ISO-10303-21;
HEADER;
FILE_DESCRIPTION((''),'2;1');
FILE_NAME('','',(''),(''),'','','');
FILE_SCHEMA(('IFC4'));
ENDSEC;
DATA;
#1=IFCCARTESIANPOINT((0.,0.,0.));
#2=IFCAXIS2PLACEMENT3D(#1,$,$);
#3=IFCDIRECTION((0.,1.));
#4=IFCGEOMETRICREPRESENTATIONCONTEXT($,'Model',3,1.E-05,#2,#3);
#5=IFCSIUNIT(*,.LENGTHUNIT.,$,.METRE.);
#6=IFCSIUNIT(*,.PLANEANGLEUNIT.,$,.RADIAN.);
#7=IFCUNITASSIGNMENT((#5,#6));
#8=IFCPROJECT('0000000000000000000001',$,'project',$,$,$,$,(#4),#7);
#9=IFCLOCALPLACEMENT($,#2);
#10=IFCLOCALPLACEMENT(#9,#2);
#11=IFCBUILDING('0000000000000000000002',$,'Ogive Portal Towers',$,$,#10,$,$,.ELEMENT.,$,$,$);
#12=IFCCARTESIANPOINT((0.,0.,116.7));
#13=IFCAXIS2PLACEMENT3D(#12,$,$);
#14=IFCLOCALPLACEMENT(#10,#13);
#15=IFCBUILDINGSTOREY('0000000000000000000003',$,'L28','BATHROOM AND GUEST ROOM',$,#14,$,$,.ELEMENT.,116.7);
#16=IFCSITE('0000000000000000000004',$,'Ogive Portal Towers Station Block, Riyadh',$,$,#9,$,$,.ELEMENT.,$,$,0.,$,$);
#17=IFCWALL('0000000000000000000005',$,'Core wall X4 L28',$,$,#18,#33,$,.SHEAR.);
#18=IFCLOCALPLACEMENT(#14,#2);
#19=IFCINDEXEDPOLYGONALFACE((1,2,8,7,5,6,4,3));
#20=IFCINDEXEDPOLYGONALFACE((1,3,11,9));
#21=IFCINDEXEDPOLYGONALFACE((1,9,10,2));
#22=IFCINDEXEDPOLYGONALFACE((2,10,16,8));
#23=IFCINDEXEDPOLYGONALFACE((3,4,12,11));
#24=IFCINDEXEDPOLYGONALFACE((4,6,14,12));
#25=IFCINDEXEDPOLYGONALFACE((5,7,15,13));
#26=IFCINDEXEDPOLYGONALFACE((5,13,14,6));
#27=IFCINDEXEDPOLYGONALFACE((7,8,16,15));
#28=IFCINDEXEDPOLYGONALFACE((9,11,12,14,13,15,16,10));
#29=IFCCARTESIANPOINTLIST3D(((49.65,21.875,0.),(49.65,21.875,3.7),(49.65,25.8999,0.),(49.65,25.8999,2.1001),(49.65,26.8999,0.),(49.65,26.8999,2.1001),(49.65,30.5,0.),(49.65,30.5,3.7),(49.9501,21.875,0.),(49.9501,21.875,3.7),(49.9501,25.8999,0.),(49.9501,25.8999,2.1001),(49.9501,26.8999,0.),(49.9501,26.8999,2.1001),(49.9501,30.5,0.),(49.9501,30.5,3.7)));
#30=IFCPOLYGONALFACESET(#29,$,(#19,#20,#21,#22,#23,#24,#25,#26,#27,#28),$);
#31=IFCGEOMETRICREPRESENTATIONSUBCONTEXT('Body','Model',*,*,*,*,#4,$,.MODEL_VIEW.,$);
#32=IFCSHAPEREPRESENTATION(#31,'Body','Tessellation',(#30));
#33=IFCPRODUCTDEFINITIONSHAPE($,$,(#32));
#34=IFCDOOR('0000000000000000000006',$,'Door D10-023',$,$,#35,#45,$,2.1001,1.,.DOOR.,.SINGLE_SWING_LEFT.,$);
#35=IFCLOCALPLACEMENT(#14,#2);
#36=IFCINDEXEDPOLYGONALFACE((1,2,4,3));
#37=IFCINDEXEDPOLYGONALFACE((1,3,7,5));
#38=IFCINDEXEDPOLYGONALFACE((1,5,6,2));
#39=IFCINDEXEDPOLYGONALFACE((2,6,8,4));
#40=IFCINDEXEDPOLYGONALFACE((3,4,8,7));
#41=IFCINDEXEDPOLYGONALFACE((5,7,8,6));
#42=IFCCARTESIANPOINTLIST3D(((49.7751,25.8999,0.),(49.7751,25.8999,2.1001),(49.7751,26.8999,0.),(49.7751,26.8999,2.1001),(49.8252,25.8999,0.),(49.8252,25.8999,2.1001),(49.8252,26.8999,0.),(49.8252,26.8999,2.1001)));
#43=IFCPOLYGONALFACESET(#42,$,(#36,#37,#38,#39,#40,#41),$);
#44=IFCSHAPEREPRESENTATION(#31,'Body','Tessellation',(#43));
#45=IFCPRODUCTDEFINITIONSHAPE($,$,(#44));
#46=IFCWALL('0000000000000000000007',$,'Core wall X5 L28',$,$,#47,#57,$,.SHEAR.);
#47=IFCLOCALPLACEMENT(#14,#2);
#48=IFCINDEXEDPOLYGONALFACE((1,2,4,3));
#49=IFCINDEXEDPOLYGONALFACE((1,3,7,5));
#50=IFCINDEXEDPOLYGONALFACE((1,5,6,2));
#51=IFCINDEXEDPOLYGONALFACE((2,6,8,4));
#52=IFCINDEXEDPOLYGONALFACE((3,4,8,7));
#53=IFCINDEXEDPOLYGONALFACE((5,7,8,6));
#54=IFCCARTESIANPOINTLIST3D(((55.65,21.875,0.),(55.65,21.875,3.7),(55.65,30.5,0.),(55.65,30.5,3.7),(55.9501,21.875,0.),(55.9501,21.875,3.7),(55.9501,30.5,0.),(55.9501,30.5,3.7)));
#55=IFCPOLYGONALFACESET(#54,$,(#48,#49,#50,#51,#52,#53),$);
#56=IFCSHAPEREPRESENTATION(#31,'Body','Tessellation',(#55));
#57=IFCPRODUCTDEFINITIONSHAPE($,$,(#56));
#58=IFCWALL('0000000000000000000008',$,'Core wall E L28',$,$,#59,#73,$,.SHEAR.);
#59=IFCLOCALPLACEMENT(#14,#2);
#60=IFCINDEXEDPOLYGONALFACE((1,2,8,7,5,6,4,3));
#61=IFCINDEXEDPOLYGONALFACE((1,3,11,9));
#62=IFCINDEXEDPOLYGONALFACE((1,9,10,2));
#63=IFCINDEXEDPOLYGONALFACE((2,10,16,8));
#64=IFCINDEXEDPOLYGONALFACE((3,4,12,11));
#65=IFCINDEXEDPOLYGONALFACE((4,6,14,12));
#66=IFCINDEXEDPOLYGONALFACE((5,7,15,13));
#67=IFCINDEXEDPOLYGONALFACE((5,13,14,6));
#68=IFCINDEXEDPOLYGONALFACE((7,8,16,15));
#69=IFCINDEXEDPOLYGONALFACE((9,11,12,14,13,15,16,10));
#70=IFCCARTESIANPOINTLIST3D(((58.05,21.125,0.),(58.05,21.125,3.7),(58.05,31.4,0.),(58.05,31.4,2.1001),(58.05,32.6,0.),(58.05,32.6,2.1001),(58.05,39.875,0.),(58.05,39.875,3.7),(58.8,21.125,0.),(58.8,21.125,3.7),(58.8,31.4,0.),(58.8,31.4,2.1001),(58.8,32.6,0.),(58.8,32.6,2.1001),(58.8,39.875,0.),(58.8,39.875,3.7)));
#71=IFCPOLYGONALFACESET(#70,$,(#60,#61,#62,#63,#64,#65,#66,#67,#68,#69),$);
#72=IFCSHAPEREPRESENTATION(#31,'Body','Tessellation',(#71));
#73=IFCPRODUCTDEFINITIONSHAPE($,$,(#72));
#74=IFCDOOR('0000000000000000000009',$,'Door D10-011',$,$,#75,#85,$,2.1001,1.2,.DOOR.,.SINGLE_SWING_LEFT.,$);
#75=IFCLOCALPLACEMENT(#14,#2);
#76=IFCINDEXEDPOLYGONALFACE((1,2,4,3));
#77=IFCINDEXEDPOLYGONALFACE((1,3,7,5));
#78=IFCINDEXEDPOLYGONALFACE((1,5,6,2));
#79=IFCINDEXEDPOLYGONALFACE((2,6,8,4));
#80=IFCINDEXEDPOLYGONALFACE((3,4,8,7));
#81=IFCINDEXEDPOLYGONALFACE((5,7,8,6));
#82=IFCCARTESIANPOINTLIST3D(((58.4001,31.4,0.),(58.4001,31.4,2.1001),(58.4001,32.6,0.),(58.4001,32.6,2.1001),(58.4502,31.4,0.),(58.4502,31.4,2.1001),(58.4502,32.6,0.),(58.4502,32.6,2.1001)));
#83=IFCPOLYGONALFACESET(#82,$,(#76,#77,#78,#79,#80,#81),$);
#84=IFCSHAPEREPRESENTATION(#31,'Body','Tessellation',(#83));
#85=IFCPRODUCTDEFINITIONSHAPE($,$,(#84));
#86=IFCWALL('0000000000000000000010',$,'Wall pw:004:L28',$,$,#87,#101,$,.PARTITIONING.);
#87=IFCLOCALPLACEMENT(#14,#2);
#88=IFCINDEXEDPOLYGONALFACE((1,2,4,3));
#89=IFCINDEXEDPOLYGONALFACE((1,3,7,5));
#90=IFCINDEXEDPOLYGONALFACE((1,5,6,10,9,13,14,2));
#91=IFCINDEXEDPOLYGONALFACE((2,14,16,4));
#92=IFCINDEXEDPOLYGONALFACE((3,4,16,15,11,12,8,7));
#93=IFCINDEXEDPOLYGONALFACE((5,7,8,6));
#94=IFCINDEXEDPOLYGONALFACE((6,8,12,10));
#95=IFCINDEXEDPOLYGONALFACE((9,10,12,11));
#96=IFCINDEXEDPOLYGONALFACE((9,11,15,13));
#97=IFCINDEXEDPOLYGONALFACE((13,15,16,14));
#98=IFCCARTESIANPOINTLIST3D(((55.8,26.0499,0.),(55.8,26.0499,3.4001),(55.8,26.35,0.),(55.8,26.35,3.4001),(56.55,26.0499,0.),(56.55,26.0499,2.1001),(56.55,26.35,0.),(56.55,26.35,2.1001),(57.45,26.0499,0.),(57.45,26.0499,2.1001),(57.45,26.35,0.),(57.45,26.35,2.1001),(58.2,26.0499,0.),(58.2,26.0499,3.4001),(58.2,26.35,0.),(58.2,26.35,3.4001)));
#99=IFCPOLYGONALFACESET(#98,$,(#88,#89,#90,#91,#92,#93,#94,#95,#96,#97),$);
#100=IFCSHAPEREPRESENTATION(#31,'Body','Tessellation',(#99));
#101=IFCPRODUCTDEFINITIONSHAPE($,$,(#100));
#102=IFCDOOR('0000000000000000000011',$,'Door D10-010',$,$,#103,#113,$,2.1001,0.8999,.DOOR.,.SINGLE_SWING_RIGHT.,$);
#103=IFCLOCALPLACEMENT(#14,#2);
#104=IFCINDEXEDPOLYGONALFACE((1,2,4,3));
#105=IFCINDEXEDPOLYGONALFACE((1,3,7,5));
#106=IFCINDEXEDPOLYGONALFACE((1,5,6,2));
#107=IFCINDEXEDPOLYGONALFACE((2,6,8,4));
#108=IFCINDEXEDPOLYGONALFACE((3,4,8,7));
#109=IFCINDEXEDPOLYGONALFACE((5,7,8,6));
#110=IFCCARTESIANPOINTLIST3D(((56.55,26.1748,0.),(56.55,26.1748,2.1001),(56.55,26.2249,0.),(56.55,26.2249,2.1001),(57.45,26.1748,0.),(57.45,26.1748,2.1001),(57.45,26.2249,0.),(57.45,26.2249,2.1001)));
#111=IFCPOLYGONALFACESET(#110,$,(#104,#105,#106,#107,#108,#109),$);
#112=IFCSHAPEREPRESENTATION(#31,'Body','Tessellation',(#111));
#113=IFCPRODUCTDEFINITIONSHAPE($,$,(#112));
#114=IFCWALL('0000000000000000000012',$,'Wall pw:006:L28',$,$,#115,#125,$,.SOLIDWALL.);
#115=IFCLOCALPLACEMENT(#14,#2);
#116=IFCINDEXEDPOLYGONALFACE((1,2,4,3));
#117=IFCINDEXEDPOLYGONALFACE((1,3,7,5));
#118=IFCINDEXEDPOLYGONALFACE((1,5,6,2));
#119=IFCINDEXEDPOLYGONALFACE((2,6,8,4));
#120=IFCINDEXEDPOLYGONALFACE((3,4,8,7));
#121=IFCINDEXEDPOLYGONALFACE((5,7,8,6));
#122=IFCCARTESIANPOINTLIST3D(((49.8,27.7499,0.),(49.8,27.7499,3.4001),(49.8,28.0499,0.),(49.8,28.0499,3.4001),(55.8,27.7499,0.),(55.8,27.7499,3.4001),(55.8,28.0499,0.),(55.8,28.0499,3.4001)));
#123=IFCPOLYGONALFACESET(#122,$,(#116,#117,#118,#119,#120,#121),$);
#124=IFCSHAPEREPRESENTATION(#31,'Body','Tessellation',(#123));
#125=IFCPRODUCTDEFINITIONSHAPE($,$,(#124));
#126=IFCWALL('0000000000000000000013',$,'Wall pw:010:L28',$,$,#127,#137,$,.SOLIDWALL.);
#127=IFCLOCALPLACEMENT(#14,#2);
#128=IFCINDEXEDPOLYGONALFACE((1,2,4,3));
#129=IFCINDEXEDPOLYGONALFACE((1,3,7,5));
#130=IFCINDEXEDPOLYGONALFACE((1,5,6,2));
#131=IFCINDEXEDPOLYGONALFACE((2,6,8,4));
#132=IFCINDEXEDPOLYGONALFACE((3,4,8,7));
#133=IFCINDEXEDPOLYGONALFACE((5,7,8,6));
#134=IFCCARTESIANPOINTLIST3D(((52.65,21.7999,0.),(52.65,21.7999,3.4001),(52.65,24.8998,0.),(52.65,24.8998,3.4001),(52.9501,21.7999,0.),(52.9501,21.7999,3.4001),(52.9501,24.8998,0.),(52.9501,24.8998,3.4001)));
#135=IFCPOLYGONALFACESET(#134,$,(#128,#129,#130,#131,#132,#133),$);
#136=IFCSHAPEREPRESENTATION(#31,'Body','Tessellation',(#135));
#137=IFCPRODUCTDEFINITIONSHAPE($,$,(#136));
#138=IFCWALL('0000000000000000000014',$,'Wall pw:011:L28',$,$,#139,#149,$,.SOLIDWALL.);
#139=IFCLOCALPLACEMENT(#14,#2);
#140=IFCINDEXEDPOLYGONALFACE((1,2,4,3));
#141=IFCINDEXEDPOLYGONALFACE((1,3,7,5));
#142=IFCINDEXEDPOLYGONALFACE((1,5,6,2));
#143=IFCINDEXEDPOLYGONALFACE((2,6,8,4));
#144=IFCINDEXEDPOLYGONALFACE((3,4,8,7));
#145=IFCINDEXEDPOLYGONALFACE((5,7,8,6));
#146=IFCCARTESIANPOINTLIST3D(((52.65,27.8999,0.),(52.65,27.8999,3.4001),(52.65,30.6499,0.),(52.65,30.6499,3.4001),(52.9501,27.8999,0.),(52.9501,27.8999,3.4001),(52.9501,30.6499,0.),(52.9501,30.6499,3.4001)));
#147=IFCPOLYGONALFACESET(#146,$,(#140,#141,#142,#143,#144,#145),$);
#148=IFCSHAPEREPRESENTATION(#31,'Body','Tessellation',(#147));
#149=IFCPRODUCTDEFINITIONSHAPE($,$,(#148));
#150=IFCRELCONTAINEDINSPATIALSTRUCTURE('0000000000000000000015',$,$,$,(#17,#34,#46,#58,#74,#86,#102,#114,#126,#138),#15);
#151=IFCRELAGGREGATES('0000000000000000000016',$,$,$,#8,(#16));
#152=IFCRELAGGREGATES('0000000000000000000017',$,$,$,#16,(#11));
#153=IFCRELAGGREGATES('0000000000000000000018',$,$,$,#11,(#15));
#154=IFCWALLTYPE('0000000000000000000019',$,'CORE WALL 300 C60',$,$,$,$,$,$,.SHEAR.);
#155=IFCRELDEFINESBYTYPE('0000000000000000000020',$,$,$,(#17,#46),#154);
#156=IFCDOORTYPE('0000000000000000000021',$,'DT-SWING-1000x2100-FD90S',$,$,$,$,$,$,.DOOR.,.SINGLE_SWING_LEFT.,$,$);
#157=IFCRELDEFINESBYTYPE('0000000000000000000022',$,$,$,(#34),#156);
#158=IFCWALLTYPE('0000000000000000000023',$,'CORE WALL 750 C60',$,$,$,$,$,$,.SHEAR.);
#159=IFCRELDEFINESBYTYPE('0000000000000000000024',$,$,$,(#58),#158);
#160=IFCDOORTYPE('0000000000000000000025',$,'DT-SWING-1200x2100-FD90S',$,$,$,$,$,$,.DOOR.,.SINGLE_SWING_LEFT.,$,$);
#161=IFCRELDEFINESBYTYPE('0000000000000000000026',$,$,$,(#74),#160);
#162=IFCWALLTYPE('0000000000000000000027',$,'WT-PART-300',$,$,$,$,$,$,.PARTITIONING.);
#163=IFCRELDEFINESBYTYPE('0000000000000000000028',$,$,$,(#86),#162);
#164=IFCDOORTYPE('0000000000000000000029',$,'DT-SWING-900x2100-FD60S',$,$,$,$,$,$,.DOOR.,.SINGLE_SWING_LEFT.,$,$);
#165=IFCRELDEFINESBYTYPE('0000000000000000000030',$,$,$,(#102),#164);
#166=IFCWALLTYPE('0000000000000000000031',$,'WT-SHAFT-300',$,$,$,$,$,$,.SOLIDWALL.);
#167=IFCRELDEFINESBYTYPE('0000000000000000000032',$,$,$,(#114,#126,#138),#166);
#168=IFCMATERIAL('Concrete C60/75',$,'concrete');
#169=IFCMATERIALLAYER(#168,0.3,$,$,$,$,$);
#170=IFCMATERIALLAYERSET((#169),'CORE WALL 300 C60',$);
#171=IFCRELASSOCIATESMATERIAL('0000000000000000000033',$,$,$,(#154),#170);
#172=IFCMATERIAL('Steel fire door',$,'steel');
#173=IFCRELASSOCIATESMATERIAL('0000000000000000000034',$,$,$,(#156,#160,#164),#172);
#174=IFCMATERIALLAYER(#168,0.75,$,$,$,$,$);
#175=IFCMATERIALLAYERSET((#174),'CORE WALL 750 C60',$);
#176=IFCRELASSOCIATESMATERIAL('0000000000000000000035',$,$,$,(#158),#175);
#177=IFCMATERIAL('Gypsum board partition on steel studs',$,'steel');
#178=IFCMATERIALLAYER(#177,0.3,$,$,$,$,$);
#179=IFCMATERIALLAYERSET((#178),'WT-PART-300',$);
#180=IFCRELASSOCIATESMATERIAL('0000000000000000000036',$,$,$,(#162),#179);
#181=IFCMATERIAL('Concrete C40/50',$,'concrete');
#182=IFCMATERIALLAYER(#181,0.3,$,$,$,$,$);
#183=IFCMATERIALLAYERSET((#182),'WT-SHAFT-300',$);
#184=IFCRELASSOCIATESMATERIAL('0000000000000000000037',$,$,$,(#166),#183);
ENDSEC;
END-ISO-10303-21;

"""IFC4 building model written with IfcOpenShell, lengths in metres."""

from ifc_helpers import new_model, si_unit, direction, frame, frame_2d, origin, place, context, subcontext, project, spatial, rectangle, extrude, material, layer, layer_set, type_object, element, fill, save


model = new_model("IFC4")

# Units and contexts
model_context = context("Model", 3, precision=1e-05, world=origin(), true_north=direction((0.0, 1.0)))
body_context = subcontext(model_context, "Body", "Model", "MODEL_VIEW")
ifc_project = project(units=[si_unit("LENGTHUNIT", "METRE"), si_unit("PLANEANGLEUNIT", "RADIAN")], contexts=[model_context])

# Site, building, storey
site_placement = place(None, origin())
site = spatial("IfcSite", under=ifc_project, at=site_placement, Name="Ogive Portal Towers Station Block, Riyadh", CompositionType="ELEMENT", RefElevation=0.0)
building_placement = place(site_placement, origin())
building = spatial("IfcBuilding", under=site, at=building_placement, Name="Ogive Portal Towers", CompositionType="ELEMENT")
storey_placement = place(building_placement, frame((0.0, 0.0, 116.7)))
storey = spatial("IfcBuildingStorey", under=building, at=storey_placement, Name="L28", Description="BATHROOM AND GUEST ROOM", CompositionType="ELEMENT", Elevation=116.7)

# Wall, opening, door
ifc_material_1 = material(Name="Concrete C60/75", Category="concrete")
ifc_layer_1 = layer(ifc_material_1, 0.3)
ifc_layer_set_1 = layer_set([ifc_layer_1], Name="CORE WALL 300 C60")
wall_type_1 = type_object("IfcWallType", Name="CORE WALL 300 C60", PredefinedType="SHEAR", material=ifc_layer_set_1)
wall_1_placement = place(storey_placement, frame((49.8, 21.875, 0.0), z_axis=(0.0, 0.0, 1.0), x_axis=(0.0, 1.0, 0.0)))
wall_1 = element("IfcWall", 1, at=wall_1_placement, inside=storey, type_object=wall_type_1, Name="Core wall X4 L28", PredefinedType="SHEAR", context=body_context, shape_type="SweptSolid", body=[
    extrude(rectangle(XDim=8.625, YDim=0.3, at=frame_2d((4.3125, 0.0))), origin(), (0.0, 0.0, 1.0), 3.7),
])
opening_1_placement = place(wall_1_placement, frame((4.0249, 0.0, 0.0)))
opening_1 = element("IfcOpeningElement", 2, at=opening_1_placement, cuts=wall_1, PredefinedType="OPENING", context=body_context, shape_type="SweptSolid", body=[
    extrude(rectangle(XDim=1.0, YDim=2.1001, at=frame_2d((0.5, 1.05))), frame((0.0, 0.1602, 0.0), z_axis=(0.0, -1.0, 0.0), x_axis=(1.0, 0.0, 0.0)), (0.0, 0.0, 1.0), 0.3201),
])
ifc_material_2 = material(Name="Steel fire door", Category="steel")
door_type_1 = type_object("IfcDoorType", Name="DT-SWING-1000x2100-FD90S", OperationType="SINGLE_SWING_LEFT", PredefinedType="DOOR", material=ifc_material_2)
door_1_placement = place(opening_1_placement, origin())
door_1 = element("IfcDoor", 3, at=door_1_placement, inside=storey, type_object=door_type_1, Name="Door D10-023", OperationType="SINGLE_SWING_LEFT", OverallHeight=2.1001, OverallWidth=1.0, PredefinedType="DOOR", context=body_context, shape_type="SweptSolid", body=[
    extrude(rectangle(XDim=1.0, YDim=2.1001, at=frame_2d((0.5, 1.05))), frame((0.0, 0.0249, 0.0), z_axis=(0.0, -1.0, 0.0), x_axis=(1.0, 0.0, 0.0)), (0.0, 0.0, 1.0), 0.05),
])
fill(opening_1, door_1)

# Wall
wall_2_placement = place(storey_placement, frame((55.8, 21.875, 0.0), z_axis=(0.0, 0.0, 1.0), x_axis=(0.0, 1.0, 0.0)))
element("IfcWall", 4, at=wall_2_placement, inside=storey, type_object=wall_type_1, Name="Core wall X5 L28", PredefinedType="SHEAR", context=body_context, shape_type="SweptSolid", body=[
    extrude(rectangle(XDim=8.625, YDim=0.3, at=frame_2d((4.3125, 0.0))), origin(), (0.0, 0.0, 1.0), 3.7),
])

# Walls, openings, doors
ifc_layer_2 = layer(ifc_material_1, 0.75)
ifc_layer_set_2 = layer_set([ifc_layer_2], Name="CORE WALL 750 C60")
wall_type_2 = type_object("IfcWallType", Name="CORE WALL 750 C60", PredefinedType="SHEAR", material=ifc_layer_set_2)
wall_3_placement = place(storey_placement, frame((58.425, 21.125, 0.0), z_axis=(0.0, 0.0, 1.0), x_axis=(0.0, 1.0, 0.0)))
wall_3 = element("IfcWall", 5, at=wall_3_placement, inside=storey, type_object=wall_type_2, Name="Core wall E L28", PredefinedType="SHEAR", context=body_context, shape_type="SweptSolid", body=[
    extrude(rectangle(XDim=18.75, YDim=0.75, at=frame_2d((9.375, 0.0))), origin(), (0.0, 0.0, 1.0), 3.7),
])
opening_2_placement = place(wall_3_placement, frame((10.2749, 0.0, 0.0)))
opening_2 = element("IfcOpeningElement", 6, at=opening_2_placement, cuts=wall_3, PredefinedType="OPENING", context=body_context, shape_type="SweptSolid", body=[
    extrude(rectangle(XDim=1.2, YDim=2.1001, at=frame_2d((0.6001, 1.05))), frame((0.0, 0.385, 0.0), z_axis=(0.0, -1.0, 0.0), x_axis=(1.0, 0.0, 0.0)), (0.0, 0.0, 1.0), 0.77),
])
door_type_2 = type_object("IfcDoorType", Name="DT-SWING-1200x2100-FD90S", OperationType="SINGLE_SWING_LEFT", PredefinedType="DOOR", material=ifc_material_2)
door_2_placement = place(opening_2_placement, origin())
door_2 = element("IfcDoor", 7, at=door_2_placement, inside=storey, type_object=door_type_2, Name="Door D10-011", OperationType="SINGLE_SWING_LEFT", OverallHeight=2.1001, OverallWidth=1.2, PredefinedType="DOOR", context=body_context, shape_type="SweptSolid", body=[
    extrude(rectangle(XDim=1.2, YDim=2.1001, at=frame_2d((0.6001, 1.05))), frame((0.0, 0.0249, 0.0), z_axis=(0.0, -1.0, 0.0), x_axis=(1.0, 0.0, 0.0)), (0.0, 0.0, 1.0), 0.05),
])
fill(opening_2, door_2)
ifc_material_3 = material(Name="Gypsum board partition on steel studs", Category="steel")
ifc_layer_3 = layer(ifc_material_3, 0.3)
ifc_layer_set_3 = layer_set([ifc_layer_3], Name="WT-PART-300")
wall_type_3 = type_object("IfcWallType", Name="WT-PART-300", PredefinedType="PARTITIONING", material=ifc_layer_set_3)
wall_4_placement = place(storey_placement, frame((55.8, 26.2, 0.0), z_axis=(0.0, 0.0, 1.0), x_axis=(1.0, 0.0, 0.0)))
wall_4 = element("IfcWall", 8, at=wall_4_placement, inside=storey, type_object=wall_type_3, Name="Wall pw:004:L28", PredefinedType="PARTITIONING", context=body_context, shape_type="SweptSolid", body=[
    extrude(rectangle(XDim=2.3999, YDim=0.3, at=frame_2d((1.2, 0.0))), origin(), (0.0, 0.0, 1.0), 3.4001),
])
opening_3_placement = place(wall_4_placement, frame((0.75, 0.0, 0.0)))
opening_3 = element("IfcOpeningElement", 9, at=opening_3_placement, cuts=wall_4, PredefinedType="OPENING", context=body_context, shape_type="SweptSolid", body=[
    extrude(rectangle(XDim=0.8999, YDim=2.1001, at=frame_2d((0.45, 1.05))), frame((0.0, 0.1602, 0.0), z_axis=(0.0, -1.0, 0.0), x_axis=(1.0, 0.0, 0.0)), (0.0, 0.0, 1.0), 0.3201),
])
door_type_3 = type_object("IfcDoorType", Name="DT-SWING-900x2100-FD60S", OperationType="SINGLE_SWING_LEFT", PredefinedType="DOOR", material=ifc_material_2)
door_3_placement = place(opening_3_placement, origin())
door_3 = element("IfcDoor", 10, at=door_3_placement, inside=storey, type_object=door_type_3, Name="Door D10-010", OperationType="SINGLE_SWING_RIGHT", OverallHeight=2.1001, OverallWidth=0.8999, PredefinedType="DOOR", context=body_context, shape_type="SweptSolid", body=[
    extrude(rectangle(XDim=0.8999, YDim=2.1001, at=frame_2d((0.45, 1.05))), frame((0.0, 0.0249, 0.0), z_axis=(0.0, -1.0, 0.0), x_axis=(1.0, 0.0, 0.0)), (0.0, 0.0, 1.0), 0.05),
])
fill(opening_3, door_3)

# Walls
ifc_material_4 = material(Name="Concrete C40/50", Category="concrete")
ifc_layer_4 = layer(ifc_material_4, 0.3)
ifc_layer_set_4 = layer_set([ifc_layer_4], Name="WT-SHAFT-300")
wall_type_4 = type_object("IfcWallType", Name="WT-SHAFT-300", PredefinedType="SOLIDWALL", material=ifc_layer_set_4)
wall_5_placement = place(storey_placement, frame((49.8, 27.8999, 0.0), z_axis=(0.0, 0.0, 1.0), x_axis=(1.0, 0.0, 0.0)))
element("IfcWall", 11, at=wall_5_placement, inside=storey, type_object=wall_type_4, Name="Wall pw:006:L28", PredefinedType="SOLIDWALL", context=body_context, shape_type="SweptSolid", body=[
    extrude(rectangle(XDim=6.0, YDim=0.3, at=frame_2d((3.0, 0.0))), origin(), (0.0, 0.0, 1.0), 3.4001),
])
wall_6_placement = place(storey_placement, frame((52.8, 21.8, 0.0), z_axis=(0.0, 0.0, 1.0), x_axis=(0.0, 1.0, 0.0)))
element("IfcWall", 12, at=wall_6_placement, inside=storey, type_object=wall_type_4, Name="Wall pw:010:L28", PredefinedType="SOLIDWALL", context=body_context, shape_type="SweptSolid", body=[
    extrude(rectangle(XDim=3.0999, YDim=0.3, at=frame_2d((1.5498, 0.0))), origin(), (0.0, 0.0, 1.0), 3.4001),
])
wall_7_placement = place(storey_placement, frame((52.8, 27.8999, 0.0), z_axis=(0.0, 0.0, 1.0), x_axis=(0.0, 1.0, 0.0)))
element("IfcWall", 13, at=wall_7_placement, inside=storey, type_object=wall_type_4, Name="Wall pw:011:L28", PredefinedType="SOLIDWALL", context=body_context, shape_type="SweptSolid", body=[
    extrude(rectangle(XDim=2.75, YDim=0.3, at=frame_2d((1.375, 0.0))), origin(), (0.0, 0.0, 1.0), 3.4001),
])

save(model, "model.ifc")
